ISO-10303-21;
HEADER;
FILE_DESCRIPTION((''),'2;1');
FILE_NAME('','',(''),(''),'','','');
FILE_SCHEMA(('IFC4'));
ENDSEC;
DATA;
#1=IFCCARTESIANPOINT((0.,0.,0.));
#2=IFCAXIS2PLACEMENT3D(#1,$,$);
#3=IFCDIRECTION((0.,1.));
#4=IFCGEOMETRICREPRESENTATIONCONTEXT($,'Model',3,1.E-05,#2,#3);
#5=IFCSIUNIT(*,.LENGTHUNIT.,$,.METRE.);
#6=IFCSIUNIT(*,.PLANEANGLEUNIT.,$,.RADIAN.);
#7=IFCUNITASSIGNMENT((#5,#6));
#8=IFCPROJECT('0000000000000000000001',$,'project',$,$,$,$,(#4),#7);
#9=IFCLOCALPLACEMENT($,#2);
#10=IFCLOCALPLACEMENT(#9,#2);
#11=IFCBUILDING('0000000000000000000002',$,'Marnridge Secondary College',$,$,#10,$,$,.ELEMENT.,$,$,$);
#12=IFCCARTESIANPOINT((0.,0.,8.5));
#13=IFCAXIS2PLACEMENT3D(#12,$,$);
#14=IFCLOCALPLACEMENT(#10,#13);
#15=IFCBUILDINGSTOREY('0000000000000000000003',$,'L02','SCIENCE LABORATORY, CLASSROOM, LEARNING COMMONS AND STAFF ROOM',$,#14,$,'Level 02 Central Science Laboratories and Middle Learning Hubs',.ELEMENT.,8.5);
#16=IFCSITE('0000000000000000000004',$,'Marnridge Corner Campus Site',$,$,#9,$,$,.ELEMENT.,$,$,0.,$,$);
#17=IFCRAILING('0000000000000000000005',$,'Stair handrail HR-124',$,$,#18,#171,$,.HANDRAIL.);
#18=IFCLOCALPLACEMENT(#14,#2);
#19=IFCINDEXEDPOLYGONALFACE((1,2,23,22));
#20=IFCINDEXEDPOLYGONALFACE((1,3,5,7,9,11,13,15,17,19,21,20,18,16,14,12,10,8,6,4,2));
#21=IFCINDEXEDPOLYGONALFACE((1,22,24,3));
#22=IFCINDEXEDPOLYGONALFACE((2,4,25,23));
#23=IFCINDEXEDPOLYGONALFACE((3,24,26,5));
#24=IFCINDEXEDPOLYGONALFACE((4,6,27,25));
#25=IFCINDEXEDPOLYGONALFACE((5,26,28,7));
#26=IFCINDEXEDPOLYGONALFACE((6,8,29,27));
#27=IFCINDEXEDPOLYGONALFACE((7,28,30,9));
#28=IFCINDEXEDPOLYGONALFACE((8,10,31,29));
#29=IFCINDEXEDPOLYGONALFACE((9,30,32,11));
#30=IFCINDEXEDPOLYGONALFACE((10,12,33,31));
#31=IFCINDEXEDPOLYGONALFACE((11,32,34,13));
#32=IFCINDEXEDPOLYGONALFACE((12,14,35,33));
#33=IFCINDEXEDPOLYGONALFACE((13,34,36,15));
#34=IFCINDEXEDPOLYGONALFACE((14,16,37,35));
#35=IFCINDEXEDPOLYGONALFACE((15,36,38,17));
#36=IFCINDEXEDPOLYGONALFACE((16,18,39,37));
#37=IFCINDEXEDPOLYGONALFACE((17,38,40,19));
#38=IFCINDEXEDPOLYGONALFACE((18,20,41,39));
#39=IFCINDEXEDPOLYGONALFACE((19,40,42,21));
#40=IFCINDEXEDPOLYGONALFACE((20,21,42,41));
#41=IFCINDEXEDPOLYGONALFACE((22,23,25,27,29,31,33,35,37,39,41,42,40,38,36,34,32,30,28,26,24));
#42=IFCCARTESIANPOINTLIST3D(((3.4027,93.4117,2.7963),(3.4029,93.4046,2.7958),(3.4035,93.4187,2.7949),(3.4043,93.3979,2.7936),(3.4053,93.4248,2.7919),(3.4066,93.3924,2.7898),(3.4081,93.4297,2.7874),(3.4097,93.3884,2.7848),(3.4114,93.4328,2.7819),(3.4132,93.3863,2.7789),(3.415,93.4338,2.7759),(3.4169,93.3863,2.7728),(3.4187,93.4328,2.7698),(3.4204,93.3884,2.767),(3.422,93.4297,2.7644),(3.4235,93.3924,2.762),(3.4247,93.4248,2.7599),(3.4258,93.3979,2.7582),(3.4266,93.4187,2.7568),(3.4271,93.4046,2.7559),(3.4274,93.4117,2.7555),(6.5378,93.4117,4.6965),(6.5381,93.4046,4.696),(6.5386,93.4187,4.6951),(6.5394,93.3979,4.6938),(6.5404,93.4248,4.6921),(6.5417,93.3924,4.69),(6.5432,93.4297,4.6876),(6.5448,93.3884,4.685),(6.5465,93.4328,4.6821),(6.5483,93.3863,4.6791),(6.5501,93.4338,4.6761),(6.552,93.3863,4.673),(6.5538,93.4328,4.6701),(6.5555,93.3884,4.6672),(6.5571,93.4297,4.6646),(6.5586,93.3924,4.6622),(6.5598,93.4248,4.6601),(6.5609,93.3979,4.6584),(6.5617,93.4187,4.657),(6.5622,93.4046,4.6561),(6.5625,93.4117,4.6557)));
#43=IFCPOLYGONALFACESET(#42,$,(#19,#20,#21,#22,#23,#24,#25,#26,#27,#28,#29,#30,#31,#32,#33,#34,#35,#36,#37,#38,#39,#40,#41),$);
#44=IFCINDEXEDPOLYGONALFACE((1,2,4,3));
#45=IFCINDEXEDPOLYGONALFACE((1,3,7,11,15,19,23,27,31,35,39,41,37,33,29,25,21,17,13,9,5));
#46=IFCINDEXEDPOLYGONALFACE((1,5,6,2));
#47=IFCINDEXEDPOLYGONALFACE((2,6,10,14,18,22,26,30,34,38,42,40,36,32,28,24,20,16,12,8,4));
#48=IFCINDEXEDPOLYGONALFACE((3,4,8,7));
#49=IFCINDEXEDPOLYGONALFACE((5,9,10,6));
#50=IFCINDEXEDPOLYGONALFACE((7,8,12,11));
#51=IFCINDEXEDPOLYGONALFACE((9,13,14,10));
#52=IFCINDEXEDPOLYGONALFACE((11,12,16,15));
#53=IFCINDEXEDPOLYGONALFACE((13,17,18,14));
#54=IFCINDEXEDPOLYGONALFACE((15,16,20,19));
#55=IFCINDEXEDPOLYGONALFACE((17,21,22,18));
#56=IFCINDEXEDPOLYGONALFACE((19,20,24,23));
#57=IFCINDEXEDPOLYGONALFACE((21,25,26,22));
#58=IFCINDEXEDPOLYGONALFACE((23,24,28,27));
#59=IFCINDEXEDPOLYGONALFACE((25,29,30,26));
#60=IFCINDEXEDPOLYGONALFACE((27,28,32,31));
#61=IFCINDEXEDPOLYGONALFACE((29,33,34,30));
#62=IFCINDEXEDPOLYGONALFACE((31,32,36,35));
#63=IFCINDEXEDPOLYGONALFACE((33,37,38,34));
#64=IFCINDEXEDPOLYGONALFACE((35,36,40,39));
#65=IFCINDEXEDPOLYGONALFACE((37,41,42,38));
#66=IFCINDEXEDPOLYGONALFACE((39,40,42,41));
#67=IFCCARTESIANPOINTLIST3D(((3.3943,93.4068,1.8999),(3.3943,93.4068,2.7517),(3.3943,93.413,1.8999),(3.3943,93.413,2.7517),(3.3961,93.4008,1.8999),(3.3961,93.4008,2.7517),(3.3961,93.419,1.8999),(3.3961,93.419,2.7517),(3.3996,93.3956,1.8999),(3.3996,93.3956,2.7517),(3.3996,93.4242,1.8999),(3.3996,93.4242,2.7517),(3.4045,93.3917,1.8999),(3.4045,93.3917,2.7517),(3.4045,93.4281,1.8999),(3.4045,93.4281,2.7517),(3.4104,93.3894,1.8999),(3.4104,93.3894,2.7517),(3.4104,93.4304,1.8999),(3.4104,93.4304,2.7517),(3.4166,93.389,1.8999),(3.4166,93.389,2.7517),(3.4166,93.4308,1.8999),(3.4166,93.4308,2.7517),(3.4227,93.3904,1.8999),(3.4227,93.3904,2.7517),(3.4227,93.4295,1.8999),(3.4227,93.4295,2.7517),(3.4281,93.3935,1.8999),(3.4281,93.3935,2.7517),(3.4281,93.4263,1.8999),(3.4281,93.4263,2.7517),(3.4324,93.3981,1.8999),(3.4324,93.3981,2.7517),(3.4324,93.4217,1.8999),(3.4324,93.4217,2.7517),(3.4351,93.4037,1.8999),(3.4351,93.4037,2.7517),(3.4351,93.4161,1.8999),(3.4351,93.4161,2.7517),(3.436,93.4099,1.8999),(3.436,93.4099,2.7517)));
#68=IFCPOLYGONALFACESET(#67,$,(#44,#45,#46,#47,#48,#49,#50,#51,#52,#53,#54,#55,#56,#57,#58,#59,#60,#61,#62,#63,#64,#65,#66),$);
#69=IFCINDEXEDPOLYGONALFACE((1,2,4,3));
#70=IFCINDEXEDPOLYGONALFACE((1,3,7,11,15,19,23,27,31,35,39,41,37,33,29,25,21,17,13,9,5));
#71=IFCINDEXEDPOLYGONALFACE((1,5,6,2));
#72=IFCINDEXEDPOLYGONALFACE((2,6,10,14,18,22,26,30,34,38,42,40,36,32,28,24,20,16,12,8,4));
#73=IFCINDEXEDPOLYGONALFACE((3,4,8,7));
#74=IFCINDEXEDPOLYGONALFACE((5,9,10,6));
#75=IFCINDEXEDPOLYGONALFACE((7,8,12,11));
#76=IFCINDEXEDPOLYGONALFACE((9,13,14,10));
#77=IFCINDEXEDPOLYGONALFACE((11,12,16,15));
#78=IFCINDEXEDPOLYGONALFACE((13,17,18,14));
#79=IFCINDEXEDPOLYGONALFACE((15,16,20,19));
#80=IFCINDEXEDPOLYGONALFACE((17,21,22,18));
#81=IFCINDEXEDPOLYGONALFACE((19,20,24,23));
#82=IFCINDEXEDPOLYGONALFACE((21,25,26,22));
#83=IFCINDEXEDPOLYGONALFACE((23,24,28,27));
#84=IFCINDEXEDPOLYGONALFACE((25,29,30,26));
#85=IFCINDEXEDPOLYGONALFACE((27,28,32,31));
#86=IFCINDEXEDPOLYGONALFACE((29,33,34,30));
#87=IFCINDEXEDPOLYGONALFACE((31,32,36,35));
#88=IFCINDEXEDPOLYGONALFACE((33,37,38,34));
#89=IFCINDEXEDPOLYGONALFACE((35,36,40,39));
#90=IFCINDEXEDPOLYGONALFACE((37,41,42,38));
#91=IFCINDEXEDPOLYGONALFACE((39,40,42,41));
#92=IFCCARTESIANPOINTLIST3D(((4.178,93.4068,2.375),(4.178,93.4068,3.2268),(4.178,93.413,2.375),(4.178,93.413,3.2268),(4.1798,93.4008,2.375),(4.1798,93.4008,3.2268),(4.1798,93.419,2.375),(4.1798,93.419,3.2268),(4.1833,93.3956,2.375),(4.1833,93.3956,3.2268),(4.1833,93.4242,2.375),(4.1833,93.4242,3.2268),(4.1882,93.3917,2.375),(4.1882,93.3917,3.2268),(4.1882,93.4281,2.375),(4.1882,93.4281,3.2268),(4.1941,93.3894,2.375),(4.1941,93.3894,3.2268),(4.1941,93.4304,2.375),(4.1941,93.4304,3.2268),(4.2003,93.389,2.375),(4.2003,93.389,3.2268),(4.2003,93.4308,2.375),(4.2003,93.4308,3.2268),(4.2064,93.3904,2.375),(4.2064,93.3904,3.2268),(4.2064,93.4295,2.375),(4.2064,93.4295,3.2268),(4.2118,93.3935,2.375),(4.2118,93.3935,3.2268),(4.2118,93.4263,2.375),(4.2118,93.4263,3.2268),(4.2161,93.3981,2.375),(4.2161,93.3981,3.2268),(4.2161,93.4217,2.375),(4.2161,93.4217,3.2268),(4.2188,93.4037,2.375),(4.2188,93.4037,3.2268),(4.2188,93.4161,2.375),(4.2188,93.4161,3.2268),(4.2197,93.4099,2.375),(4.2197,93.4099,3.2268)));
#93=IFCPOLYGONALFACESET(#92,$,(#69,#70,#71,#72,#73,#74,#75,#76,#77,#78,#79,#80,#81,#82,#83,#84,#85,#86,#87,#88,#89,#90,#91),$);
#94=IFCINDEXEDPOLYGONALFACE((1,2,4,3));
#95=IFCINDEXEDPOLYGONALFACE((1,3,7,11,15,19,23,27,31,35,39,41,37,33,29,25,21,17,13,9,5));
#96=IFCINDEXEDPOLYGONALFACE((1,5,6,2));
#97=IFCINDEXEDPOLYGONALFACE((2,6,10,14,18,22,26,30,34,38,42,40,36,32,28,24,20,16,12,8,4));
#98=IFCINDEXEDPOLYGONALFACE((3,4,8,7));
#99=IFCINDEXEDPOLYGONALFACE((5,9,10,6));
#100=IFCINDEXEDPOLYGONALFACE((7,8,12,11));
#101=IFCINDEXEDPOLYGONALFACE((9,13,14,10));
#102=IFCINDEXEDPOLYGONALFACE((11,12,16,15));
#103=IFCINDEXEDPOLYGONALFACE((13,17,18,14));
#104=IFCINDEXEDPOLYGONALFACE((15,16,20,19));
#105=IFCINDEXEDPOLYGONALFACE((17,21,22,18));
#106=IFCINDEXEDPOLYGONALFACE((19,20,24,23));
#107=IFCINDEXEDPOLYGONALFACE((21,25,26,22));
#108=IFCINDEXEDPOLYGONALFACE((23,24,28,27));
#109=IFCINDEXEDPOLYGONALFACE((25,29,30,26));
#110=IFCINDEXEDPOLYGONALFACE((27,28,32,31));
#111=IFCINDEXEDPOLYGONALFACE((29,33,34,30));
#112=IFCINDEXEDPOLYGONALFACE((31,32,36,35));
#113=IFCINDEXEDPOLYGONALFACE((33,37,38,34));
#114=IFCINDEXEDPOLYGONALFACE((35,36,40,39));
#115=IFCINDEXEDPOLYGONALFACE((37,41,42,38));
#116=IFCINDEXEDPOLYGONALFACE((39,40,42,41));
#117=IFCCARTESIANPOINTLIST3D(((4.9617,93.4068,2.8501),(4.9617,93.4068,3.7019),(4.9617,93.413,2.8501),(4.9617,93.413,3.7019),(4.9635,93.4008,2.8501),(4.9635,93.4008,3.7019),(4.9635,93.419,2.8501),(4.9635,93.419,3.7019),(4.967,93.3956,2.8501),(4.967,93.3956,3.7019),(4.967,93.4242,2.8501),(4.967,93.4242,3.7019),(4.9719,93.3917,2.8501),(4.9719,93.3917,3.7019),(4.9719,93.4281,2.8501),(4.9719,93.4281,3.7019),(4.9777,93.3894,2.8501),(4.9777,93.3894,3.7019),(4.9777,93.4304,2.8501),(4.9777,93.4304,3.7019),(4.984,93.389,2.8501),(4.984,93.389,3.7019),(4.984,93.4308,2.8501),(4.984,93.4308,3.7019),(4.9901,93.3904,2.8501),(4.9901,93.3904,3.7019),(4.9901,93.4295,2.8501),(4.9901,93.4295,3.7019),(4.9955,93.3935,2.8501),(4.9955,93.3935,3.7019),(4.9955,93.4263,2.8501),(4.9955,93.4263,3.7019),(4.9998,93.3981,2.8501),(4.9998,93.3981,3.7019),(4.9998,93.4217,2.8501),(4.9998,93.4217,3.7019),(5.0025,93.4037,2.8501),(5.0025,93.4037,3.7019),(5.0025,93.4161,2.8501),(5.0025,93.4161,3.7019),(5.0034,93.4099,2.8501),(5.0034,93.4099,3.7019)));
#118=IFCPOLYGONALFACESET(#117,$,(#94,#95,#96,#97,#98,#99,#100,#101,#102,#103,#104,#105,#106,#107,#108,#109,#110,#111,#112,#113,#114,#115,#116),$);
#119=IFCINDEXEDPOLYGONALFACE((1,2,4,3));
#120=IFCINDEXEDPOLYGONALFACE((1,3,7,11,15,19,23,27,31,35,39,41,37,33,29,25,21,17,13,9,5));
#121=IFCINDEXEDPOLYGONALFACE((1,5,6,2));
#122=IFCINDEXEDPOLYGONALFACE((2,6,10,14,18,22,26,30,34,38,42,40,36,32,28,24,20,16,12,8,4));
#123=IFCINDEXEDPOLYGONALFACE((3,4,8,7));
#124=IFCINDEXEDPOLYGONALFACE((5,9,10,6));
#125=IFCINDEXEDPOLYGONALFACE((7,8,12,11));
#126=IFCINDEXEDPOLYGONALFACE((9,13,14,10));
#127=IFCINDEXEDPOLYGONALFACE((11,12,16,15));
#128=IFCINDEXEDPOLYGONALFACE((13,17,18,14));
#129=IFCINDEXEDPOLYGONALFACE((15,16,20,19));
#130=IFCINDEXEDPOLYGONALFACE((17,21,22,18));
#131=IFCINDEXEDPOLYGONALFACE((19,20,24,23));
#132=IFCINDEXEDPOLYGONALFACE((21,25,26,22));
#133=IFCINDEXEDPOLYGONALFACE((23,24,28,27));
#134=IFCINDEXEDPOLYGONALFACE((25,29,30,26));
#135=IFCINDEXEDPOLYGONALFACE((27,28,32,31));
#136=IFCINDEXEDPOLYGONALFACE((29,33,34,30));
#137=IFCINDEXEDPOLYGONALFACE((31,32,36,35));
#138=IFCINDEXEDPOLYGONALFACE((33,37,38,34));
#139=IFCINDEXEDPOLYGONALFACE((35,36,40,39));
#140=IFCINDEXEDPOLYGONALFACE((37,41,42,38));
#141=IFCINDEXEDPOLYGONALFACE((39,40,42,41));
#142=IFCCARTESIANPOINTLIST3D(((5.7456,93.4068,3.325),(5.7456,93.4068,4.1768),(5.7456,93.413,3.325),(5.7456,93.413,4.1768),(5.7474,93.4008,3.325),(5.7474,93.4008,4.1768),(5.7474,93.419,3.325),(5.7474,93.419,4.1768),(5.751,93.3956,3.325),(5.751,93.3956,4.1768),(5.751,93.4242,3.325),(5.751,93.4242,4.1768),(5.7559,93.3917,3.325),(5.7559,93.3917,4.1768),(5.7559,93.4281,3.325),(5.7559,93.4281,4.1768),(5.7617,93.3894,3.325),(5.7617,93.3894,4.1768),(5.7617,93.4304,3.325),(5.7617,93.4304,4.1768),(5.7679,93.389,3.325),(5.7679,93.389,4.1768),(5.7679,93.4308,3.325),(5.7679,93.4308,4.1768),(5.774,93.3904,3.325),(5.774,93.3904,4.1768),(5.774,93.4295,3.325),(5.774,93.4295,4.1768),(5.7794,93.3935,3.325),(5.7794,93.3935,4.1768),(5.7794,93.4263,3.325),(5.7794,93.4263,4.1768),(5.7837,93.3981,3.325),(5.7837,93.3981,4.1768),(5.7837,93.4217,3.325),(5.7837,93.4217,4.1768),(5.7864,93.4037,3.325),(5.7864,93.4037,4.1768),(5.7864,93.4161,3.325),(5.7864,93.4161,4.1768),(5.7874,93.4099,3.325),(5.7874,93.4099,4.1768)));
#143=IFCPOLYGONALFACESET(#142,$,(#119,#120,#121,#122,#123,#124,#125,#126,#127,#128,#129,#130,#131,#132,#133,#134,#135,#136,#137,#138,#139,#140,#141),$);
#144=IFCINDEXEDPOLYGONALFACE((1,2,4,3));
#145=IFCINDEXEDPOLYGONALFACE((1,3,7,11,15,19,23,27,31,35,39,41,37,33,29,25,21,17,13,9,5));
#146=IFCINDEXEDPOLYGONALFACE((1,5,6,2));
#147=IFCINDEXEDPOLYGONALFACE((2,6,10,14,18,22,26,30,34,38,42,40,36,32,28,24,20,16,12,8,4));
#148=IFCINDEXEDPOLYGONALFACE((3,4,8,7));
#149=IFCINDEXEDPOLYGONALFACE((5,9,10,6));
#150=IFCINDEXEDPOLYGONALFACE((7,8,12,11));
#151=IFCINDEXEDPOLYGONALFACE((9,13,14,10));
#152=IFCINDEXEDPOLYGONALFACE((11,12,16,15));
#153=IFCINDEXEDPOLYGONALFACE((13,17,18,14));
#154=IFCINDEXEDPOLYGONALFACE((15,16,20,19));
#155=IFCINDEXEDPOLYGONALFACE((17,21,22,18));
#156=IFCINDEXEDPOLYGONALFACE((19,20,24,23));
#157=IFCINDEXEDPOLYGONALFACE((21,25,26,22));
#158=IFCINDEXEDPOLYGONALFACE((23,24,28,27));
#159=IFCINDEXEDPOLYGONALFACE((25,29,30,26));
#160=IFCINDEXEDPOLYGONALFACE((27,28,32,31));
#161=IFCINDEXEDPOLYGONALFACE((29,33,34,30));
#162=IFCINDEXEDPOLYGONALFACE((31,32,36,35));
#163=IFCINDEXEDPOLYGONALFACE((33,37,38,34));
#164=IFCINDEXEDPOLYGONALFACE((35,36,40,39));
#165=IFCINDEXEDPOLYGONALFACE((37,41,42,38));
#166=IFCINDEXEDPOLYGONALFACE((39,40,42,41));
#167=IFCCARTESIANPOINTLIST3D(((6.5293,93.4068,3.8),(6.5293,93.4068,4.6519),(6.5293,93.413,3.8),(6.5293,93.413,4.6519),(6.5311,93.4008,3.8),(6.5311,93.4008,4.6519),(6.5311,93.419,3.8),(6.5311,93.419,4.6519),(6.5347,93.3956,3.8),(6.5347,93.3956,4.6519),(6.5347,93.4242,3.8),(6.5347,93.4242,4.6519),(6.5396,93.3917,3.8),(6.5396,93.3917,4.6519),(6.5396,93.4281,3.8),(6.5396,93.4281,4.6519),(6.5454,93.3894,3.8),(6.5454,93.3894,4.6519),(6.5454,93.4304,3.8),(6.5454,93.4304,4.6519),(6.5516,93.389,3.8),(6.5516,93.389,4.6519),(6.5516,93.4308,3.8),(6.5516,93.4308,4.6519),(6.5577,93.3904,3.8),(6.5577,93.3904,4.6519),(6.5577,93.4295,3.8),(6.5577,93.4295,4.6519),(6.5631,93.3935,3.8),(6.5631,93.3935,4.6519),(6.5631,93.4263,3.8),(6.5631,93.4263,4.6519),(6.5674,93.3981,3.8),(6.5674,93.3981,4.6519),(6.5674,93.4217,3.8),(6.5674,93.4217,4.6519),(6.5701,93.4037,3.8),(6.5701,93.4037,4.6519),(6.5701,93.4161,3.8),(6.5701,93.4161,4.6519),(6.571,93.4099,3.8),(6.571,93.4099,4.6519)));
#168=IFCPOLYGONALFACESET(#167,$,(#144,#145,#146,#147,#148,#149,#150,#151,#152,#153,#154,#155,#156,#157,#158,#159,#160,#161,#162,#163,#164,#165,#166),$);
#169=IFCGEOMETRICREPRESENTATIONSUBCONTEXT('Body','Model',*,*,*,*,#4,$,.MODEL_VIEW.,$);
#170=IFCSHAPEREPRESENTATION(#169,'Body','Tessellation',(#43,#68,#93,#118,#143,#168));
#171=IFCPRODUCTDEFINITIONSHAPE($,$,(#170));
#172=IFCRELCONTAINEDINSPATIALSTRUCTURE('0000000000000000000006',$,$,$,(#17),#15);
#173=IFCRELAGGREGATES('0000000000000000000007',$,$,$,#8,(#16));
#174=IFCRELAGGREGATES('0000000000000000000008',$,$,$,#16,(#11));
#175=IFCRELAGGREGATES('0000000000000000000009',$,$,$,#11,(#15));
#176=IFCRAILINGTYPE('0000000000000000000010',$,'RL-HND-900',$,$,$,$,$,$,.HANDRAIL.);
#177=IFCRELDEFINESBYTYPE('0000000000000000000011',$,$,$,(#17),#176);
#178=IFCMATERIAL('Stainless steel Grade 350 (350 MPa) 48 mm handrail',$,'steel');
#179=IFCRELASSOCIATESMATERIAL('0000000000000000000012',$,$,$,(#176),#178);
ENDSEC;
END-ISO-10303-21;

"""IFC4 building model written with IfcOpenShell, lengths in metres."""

from ifc_helpers import new_model, si_unit, direction, frame, origin, origin_2d, place, context, subcontext, project, spatial, circle, extrude, material, type_object, element, save


model = new_model("IFC4")

# Units and contexts
model_context = context("Model", 3, precision=1e-05, world=origin(), true_north=direction((0.0, 1.0)))
body_context = subcontext(model_context, "Body", "Model", "MODEL_VIEW")
ifc_project = project(units=[si_unit("LENGTHUNIT", "METRE"), si_unit("PLANEANGLEUNIT", "RADIAN")], contexts=[model_context])

# Site, building, storey
site_placement = place(None, origin())
site = spatial("IfcSite", under=ifc_project, at=site_placement, Name="Marnridge Corner Campus Site", CompositionType="ELEMENT", RefElevation=0.0)
building_placement = place(site_placement, origin())
building = spatial("IfcBuilding", under=site, at=building_placement, Name="Marnridge Secondary College", CompositionType="ELEMENT")
storey_placement = place(building_placement, frame((0.0, 0.0, 8.5)))
storey = spatial("IfcBuildingStorey", under=building, at=storey_placement, Name="L02", Description="SCIENCE LABORATORY, CLASSROOM, LEARNING COMMONS AND STAFF ROOM", LongName="Level 02 Central Science Laboratories and Middle Learning Hubs", CompositionType="ELEMENT", Elevation=8.5)

# Railing
ifc_material_1 = material(Name="Stainless steel Grade 350 (350 MPa) 48 mm handrail", Category="steel")
railing_type_1 = type_object("IfcRailingType", Name="RL-HND-900", PredefinedType="HANDRAIL", material=ifc_material_1)
for number, where, name in (
    (1, (3.415, 93.4099, 1.8999), "Stair handrail HR-124"),
):
    element("IfcRailing", number, at=place(storey_placement, frame(where)), inside=storey, type_object=railing_type_1, Name=name, PredefinedType="HANDRAIL", context=body_context, shape_type="SweptSolid", body=[
        extrude(circle(Radius=0.0239, at=origin_2d()), frame((0.0, 0.0, 0.876), z_axis=(0.855181, 0.0, 0.51833), x_axis=(0.0, 1.0, 0.0)), (0.0, 0.0, 1.0), 3.666),
        extrude(circle(Radius=0.021, at=origin_2d()), origin(), (0.0, 0.0, 1.0), 0.8518),
        extrude(circle(Radius=0.021, at=origin_2d()), frame((0.7837, 0.0, 0.4751)), (0.0, 0.0, 1.0), 0.8518),
        extrude(circle(Radius=0.021, at=origin_2d()), frame((1.5674, 0.0, 0.9502)), (0.0, 0.0, 1.0), 0.8518),
        extrude(circle(Radius=0.021, at=origin_2d()), frame((2.3513, 0.0, 1.425)), (0.0, 0.0, 1.0), 0.8518),
        extrude(circle(Radius=0.021, at=origin_2d()), frame((3.135, 0.0, 1.9001)), (0.0, 0.0, 1.0), 0.8518),
    ])

save(model, "model.ifc")
